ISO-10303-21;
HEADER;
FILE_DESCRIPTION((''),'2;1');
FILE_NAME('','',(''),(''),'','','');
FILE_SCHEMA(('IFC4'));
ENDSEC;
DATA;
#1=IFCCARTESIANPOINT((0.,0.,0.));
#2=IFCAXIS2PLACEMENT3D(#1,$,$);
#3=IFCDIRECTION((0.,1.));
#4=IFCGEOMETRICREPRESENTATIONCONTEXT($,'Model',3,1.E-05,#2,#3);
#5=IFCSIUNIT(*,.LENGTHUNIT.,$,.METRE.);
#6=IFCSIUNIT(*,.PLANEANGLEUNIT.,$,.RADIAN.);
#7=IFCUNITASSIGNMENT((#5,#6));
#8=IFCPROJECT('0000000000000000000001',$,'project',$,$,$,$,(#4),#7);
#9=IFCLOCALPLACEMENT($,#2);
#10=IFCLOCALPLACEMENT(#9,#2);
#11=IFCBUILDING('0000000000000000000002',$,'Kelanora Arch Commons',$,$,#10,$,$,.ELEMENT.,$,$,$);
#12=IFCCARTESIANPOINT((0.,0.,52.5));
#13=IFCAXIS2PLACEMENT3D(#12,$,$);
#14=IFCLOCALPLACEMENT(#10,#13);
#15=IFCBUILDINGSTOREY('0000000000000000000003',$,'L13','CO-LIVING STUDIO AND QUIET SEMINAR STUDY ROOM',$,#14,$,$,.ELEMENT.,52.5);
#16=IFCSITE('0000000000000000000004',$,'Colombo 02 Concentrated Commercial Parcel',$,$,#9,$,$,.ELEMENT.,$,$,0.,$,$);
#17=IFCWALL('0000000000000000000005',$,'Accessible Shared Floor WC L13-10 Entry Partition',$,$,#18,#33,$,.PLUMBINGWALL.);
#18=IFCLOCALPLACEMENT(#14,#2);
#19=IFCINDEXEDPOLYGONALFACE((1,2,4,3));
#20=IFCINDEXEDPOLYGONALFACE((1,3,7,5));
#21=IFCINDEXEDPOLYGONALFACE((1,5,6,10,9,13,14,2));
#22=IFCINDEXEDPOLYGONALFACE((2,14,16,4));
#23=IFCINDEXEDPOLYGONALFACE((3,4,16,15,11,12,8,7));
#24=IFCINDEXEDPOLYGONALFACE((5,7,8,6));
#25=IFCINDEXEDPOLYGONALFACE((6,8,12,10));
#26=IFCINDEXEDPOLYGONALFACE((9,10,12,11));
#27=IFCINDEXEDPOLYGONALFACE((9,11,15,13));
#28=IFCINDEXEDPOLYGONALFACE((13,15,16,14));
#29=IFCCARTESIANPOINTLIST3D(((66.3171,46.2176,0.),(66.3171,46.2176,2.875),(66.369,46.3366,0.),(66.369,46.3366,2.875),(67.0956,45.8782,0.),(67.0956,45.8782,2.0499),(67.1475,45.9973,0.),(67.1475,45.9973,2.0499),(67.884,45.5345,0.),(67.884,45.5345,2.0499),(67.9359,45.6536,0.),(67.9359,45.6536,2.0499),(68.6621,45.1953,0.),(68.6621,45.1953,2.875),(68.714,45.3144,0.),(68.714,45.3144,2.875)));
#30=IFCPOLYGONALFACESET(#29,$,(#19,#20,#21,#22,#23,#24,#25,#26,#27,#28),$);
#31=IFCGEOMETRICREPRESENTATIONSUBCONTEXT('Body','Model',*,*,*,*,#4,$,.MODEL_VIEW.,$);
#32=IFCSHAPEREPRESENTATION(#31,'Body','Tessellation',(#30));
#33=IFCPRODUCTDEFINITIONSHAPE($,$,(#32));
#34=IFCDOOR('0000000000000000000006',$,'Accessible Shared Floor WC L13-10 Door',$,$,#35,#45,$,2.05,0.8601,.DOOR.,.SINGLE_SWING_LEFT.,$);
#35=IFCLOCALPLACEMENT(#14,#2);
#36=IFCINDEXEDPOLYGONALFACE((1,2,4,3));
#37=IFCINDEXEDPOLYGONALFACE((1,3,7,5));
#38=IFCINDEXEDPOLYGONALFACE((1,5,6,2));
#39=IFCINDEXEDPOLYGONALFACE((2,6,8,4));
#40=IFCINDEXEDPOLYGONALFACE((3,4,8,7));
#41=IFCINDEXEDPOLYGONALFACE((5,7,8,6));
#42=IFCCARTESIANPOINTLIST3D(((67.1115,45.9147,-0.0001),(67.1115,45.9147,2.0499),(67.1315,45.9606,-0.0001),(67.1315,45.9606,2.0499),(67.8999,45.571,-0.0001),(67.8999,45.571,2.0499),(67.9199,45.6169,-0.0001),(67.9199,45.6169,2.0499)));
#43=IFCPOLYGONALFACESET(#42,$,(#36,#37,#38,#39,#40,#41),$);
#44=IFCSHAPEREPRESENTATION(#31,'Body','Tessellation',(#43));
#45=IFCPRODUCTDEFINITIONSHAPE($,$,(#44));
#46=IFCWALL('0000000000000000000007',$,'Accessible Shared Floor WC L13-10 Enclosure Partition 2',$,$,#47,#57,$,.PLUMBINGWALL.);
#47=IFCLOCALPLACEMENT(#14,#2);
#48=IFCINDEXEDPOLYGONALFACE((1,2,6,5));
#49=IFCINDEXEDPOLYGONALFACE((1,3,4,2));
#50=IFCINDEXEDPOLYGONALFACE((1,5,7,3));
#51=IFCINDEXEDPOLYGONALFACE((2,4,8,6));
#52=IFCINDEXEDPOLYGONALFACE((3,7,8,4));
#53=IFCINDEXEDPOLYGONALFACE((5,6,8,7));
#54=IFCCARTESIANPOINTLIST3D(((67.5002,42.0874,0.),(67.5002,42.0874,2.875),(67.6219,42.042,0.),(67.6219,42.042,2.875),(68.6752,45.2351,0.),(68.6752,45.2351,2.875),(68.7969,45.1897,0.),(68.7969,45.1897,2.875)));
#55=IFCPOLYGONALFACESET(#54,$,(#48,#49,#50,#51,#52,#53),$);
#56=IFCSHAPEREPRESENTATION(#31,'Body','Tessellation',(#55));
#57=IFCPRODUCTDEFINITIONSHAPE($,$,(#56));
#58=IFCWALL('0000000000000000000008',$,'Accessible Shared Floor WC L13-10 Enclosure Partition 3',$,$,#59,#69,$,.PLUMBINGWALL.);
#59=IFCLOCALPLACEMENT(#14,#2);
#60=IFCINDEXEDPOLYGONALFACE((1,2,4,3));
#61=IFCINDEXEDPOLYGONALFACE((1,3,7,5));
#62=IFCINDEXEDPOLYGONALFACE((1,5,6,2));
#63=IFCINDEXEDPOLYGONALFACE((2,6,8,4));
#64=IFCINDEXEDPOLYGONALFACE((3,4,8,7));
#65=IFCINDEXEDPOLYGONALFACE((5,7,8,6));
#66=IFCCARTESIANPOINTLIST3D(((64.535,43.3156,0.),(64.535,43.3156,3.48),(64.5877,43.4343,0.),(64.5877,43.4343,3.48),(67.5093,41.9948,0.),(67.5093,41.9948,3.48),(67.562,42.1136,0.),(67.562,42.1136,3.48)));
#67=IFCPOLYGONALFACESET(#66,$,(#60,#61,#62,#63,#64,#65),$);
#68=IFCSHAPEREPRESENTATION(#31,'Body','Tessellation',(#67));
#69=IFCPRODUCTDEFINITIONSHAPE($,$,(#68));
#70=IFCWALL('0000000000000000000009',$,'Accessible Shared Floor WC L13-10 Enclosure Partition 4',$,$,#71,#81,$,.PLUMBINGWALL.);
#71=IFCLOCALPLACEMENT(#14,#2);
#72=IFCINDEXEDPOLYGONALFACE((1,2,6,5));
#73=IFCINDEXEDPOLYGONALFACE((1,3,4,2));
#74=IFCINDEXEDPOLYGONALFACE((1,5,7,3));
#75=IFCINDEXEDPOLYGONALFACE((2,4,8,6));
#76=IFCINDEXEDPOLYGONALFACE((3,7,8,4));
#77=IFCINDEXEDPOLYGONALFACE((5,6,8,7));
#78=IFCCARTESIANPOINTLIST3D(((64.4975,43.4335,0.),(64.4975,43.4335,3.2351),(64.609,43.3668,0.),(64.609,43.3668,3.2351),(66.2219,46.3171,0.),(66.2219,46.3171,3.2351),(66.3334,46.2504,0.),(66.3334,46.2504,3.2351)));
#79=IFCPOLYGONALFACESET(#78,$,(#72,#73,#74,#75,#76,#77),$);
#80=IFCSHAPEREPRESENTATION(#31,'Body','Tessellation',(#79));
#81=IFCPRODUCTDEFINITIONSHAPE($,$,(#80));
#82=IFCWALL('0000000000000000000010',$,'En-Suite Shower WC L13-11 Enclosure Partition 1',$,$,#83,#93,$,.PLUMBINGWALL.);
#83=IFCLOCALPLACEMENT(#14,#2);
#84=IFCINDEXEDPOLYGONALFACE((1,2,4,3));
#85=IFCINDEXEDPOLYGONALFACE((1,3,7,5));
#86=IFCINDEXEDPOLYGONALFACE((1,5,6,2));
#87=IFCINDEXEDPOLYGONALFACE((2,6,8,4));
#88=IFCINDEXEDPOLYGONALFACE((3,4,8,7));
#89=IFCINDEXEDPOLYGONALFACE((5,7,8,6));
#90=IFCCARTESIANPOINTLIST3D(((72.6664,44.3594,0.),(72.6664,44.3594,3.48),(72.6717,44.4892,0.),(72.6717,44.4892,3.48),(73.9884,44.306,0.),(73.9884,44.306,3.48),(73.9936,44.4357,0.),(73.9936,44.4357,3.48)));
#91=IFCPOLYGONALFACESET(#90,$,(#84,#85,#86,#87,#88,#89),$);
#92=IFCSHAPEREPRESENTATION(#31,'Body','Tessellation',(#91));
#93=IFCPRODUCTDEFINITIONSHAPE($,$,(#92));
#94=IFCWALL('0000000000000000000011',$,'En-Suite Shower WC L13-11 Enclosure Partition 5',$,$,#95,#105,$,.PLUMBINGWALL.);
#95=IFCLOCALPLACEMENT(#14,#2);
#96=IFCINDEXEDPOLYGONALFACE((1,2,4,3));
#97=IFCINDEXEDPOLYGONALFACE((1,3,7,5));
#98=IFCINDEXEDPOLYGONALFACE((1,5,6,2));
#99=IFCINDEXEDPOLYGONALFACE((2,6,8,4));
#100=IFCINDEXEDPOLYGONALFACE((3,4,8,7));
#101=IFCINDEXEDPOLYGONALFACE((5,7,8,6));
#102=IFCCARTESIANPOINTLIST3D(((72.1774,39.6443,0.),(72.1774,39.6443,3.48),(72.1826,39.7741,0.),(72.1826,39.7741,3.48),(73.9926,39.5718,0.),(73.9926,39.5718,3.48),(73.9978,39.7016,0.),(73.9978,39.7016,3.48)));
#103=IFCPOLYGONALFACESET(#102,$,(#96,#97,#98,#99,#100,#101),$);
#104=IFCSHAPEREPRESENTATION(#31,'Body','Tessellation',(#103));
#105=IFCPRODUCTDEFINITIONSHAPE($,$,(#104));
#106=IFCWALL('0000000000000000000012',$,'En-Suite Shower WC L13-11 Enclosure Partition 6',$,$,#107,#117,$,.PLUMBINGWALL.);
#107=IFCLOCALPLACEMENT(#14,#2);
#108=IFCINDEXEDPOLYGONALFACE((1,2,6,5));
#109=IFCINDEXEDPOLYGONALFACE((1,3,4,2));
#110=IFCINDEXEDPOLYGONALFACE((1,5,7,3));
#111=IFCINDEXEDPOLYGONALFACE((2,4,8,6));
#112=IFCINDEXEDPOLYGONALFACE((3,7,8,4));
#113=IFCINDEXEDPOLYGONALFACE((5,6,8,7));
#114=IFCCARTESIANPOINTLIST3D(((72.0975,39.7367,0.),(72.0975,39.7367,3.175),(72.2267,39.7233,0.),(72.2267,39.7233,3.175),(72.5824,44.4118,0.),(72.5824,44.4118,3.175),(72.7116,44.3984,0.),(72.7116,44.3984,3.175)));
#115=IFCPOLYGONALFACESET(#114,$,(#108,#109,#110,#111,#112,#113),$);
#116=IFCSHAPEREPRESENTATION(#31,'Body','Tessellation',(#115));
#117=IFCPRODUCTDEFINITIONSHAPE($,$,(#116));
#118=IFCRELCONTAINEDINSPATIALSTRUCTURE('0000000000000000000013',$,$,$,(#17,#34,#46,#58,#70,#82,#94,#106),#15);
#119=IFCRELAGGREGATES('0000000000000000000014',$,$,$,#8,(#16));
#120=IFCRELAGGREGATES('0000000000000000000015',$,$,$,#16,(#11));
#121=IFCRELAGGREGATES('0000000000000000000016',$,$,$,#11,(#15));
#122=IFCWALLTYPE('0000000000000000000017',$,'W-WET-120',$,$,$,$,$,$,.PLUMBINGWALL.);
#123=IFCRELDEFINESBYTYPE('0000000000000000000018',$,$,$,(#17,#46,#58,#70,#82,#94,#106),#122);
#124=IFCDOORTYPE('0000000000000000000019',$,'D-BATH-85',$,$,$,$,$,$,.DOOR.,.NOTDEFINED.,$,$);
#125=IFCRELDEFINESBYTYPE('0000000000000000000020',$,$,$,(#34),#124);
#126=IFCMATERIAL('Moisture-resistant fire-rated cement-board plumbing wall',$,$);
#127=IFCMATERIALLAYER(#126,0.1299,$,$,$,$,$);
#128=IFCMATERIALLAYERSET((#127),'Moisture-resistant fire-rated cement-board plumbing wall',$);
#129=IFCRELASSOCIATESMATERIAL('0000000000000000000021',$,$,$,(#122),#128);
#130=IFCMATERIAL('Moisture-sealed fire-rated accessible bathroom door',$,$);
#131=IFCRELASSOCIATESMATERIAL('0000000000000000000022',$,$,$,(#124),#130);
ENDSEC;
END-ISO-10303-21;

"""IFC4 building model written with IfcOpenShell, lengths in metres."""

from ifc_helpers import new_model, si_unit, direction, frame, frame_2d, origin, place, context, subcontext, project, spatial, rectangle, extrude, material, layer, layer_set, type_object, element, fill, save


model = new_model("IFC4")

# Units and contexts
model_context = context("Model", 3, precision=1e-05, world=origin(), true_north=direction((0.0, 1.0)))
body_context = subcontext(model_context, "Body", "Model", "MODEL_VIEW")
ifc_project = project(units=[si_unit("LENGTHUNIT", "METRE"), si_unit("PLANEANGLEUNIT", "RADIAN")], contexts=[model_context])

# Site, building, storey
site_placement = place(None, origin())
site = spatial("IfcSite", under=ifc_project, at=site_placement, Name="Colombo 02 Concentrated Commercial Parcel", CompositionType="ELEMENT", RefElevation=0.0)
building_placement = place(site_placement, origin())
building = spatial("IfcBuilding", under=site, at=building_placement, Name="Kelanora Arch Commons", CompositionType="ELEMENT")
storey_placement = place(building_placement, frame((0.0, 0.0, 52.5)))
storey = spatial("IfcBuildingStorey", under=building, at=storey_placement, Name="L13", Description="CO-LIVING STUDIO AND QUIET SEMINAR STUDY ROOM", CompositionType="ELEMENT", Elevation=52.5)

# Wall, opening, door
ifc_material_1 = material(Name="Moisture-resistant fire-rated cement-board plumbing wall")
ifc_layer_1 = layer(ifc_material_1, 0.1299)
ifc_layer_set_1 = layer_set([ifc_layer_1], Name="Moisture-resistant fire-rated cement-board plumbing wall")
wall_type_1 = type_object("IfcWallType", Name="W-WET-120", PredefinedType="PLUMBINGWALL", material=ifc_layer_set_1)
wall_1_placement = place(storey_placement, frame((66.343, 46.2771, 0.0), z_axis=(0.0, 0.0, 1.0), x_axis=(0.916689, -0.399602, 0.0)))
wall_1 = element("IfcWall", 1, at=wall_1_placement, inside=storey, type_object=wall_type_1, Name="Accessible Shared Floor WC L13-10 Entry Partition", PredefinedType="PLUMBINGWALL", context=body_context, shape_type="SweptSolid", body=[
    extrude(rectangle(XDim=2.5581, YDim=0.1299, at=frame_2d((1.2791, 0.0))), origin(), (0.0, 0.0, 1.0), 2.875),
])
opening_1_placement = place(wall_1_placement, frame((0.8491, 0.0, 0.0)))
opening_1 = element("IfcOpeningElement", 2, at=opening_1_placement, cuts=wall_1, PredefinedType="OPENING", context=body_context, shape_type="SweptSolid", body=[
    extrude(rectangle(XDim=0.8601, YDim=2.05, at=frame_2d((0.4302, 1.0249))), frame((0.0, 0.075, 0.0), z_axis=(0.0, -1.0, 0.0), x_axis=(1.0, 0.0, 0.0)), (0.0, 0.0, 1.0), 0.1499),
])
ifc_material_2 = material(Name="Moisture-sealed fire-rated accessible bathroom door")
door_type_1 = type_object("IfcDoorType", Name="D-BATH-85", OperationType="NOTDEFINED", PredefinedType="DOOR", material=ifc_material_2)
door_1_placement = place(opening_1_placement, origin())
door_1 = element("IfcDoor", 3, at=door_1_placement, inside=storey, type_object=door_type_1, Name="Accessible Shared Floor WC L13-10 Door", OperationType="SINGLE_SWING_LEFT", OverallHeight=2.05, OverallWidth=0.8601, PredefinedType="DOOR", context=body_context, shape_type="SweptSolid", body=[
    extrude(rectangle(XDim=0.8601, YDim=2.05, at=frame_2d((0.4302, 1.0249))), frame((0.0, 0.0249, 0.0), z_axis=(0.0, -1.0, 0.0), x_axis=(1.0, 0.0, 0.0)), (0.0, 0.0, 1.0), 0.05),
])
fill(opening_1, door_1)

# Walls
wall_2_placement = place(storey_placement, frame((68.7361, 45.2124, 0.0), z_axis=(0.0, 0.0, 1.0), x_axis=(-0.34973, -0.936851, 0.0)))
element("IfcWall", 4, at=wall_2_placement, inside=storey, type_object=wall_type_1, Name="Accessible Shared Floor WC L13-10 Enclosure Partition 2", PredefinedType="PLUMBINGWALL", context=body_context, shape_type="SweptSolid", body=[
    extrude(rectangle(XDim=3.3599, YDim=0.1299, at=frame_2d((1.6799, 0.0))), origin(), (0.0, 0.0, 1.0), 2.875),
])
wall_3_placement = place(storey_placement, frame((67.5356, 42.0542, 0.0), z_axis=(0.0, 0.0, 1.0), x_axis=(-0.913941, 0.405846, 0.0)))
element("IfcWall", 5, at=wall_3_placement, inside=storey, type_object=wall_type_1, Name="Accessible Shared Floor WC L13-10 Enclosure Partition 3", PredefinedType="PLUMBINGWALL", context=body_context, shape_type="SweptSolid", body=[
    extrude(rectangle(XDim=3.2544, YDim=0.1299, at=frame_2d((1.6272, 0.0))), origin(), (0.0, 0.0, 1.0), 3.48),
])
wall_4_placement = place(storey_placement, frame((64.5532, 43.4001, 0.0), z_axis=(0.0, 0.0, 1.0), x_axis=(0.513234, 0.858249, 0.0)))
element("IfcWall", 6, at=wall_4_placement, inside=storey, type_object=wall_type_1, Name="Accessible Shared Floor WC L13-10 Enclosure Partition 4", PredefinedType="PLUMBINGWALL", context=body_context, shape_type="SweptSolid", body=[
    extrude(rectangle(XDim=3.3599, YDim=0.1299, at=frame_2d((1.6799, 0.0))), origin(), (0.0, 0.0, 1.0), 3.2351),
])
wall_5_placement = place(storey_placement, frame((72.6689, 44.4243, 0.0), z_axis=(0.0, 0.0, 1.0), x_axis=(0.999183, -0.04041, 0.0)))
element("IfcWall", 7, at=wall_5_placement, inside=storey, type_object=wall_type_1, Name="En-Suite Shower WC L13-11 Enclosure Partition 1", PredefinedType="PLUMBINGWALL", context=body_context, shape_type="SweptSolid", body=[
    extrude(rectangle(XDim=1.323, YDim=0.1299, at=frame_2d((0.6616, 0.0))), origin(), (0.0, 0.0, 1.0), 3.48),
])
wall_6_placement = place(storey_placement, frame((73.9951, 39.6367, 0.0), z_axis=(0.0, 0.0, 1.0), x_axis=(-0.999203, 0.039914, 0.0)))
element("IfcWall", 8, at=wall_6_placement, inside=storey, type_object=wall_type_1, Name="En-Suite Shower WC L13-11 Enclosure Partition 5", PredefinedType="PLUMBINGWALL", context=body_context, shape_type="SweptSolid", body=[
    extrude(rectangle(XDim=1.8167, YDim=0.1299, at=frame_2d((0.9082, 0.0))), origin(), (0.0, 0.0, 1.0), 3.48),
])
wall_7_placement = place(storey_placement, frame((72.1621, 39.73, 0.0), z_axis=(0.0, 0.0, 1.0), x_axis=(0.10316, 0.994665, 0.0)))
element("IfcWall", 9, at=wall_7_placement, inside=storey, type_object=wall_type_1, Name="En-Suite Shower WC L13-11 Enclosure Partition 6", PredefinedType="PLUMBINGWALL", context=body_context, shape_type="SweptSolid", body=[
    extrude(rectangle(XDim=4.7002, YDim=0.1299, at=frame_2d((2.3501, 0.0))), origin(), (0.0, 0.0, 1.0), 3.175),
])

save(model, "model.ifc")
